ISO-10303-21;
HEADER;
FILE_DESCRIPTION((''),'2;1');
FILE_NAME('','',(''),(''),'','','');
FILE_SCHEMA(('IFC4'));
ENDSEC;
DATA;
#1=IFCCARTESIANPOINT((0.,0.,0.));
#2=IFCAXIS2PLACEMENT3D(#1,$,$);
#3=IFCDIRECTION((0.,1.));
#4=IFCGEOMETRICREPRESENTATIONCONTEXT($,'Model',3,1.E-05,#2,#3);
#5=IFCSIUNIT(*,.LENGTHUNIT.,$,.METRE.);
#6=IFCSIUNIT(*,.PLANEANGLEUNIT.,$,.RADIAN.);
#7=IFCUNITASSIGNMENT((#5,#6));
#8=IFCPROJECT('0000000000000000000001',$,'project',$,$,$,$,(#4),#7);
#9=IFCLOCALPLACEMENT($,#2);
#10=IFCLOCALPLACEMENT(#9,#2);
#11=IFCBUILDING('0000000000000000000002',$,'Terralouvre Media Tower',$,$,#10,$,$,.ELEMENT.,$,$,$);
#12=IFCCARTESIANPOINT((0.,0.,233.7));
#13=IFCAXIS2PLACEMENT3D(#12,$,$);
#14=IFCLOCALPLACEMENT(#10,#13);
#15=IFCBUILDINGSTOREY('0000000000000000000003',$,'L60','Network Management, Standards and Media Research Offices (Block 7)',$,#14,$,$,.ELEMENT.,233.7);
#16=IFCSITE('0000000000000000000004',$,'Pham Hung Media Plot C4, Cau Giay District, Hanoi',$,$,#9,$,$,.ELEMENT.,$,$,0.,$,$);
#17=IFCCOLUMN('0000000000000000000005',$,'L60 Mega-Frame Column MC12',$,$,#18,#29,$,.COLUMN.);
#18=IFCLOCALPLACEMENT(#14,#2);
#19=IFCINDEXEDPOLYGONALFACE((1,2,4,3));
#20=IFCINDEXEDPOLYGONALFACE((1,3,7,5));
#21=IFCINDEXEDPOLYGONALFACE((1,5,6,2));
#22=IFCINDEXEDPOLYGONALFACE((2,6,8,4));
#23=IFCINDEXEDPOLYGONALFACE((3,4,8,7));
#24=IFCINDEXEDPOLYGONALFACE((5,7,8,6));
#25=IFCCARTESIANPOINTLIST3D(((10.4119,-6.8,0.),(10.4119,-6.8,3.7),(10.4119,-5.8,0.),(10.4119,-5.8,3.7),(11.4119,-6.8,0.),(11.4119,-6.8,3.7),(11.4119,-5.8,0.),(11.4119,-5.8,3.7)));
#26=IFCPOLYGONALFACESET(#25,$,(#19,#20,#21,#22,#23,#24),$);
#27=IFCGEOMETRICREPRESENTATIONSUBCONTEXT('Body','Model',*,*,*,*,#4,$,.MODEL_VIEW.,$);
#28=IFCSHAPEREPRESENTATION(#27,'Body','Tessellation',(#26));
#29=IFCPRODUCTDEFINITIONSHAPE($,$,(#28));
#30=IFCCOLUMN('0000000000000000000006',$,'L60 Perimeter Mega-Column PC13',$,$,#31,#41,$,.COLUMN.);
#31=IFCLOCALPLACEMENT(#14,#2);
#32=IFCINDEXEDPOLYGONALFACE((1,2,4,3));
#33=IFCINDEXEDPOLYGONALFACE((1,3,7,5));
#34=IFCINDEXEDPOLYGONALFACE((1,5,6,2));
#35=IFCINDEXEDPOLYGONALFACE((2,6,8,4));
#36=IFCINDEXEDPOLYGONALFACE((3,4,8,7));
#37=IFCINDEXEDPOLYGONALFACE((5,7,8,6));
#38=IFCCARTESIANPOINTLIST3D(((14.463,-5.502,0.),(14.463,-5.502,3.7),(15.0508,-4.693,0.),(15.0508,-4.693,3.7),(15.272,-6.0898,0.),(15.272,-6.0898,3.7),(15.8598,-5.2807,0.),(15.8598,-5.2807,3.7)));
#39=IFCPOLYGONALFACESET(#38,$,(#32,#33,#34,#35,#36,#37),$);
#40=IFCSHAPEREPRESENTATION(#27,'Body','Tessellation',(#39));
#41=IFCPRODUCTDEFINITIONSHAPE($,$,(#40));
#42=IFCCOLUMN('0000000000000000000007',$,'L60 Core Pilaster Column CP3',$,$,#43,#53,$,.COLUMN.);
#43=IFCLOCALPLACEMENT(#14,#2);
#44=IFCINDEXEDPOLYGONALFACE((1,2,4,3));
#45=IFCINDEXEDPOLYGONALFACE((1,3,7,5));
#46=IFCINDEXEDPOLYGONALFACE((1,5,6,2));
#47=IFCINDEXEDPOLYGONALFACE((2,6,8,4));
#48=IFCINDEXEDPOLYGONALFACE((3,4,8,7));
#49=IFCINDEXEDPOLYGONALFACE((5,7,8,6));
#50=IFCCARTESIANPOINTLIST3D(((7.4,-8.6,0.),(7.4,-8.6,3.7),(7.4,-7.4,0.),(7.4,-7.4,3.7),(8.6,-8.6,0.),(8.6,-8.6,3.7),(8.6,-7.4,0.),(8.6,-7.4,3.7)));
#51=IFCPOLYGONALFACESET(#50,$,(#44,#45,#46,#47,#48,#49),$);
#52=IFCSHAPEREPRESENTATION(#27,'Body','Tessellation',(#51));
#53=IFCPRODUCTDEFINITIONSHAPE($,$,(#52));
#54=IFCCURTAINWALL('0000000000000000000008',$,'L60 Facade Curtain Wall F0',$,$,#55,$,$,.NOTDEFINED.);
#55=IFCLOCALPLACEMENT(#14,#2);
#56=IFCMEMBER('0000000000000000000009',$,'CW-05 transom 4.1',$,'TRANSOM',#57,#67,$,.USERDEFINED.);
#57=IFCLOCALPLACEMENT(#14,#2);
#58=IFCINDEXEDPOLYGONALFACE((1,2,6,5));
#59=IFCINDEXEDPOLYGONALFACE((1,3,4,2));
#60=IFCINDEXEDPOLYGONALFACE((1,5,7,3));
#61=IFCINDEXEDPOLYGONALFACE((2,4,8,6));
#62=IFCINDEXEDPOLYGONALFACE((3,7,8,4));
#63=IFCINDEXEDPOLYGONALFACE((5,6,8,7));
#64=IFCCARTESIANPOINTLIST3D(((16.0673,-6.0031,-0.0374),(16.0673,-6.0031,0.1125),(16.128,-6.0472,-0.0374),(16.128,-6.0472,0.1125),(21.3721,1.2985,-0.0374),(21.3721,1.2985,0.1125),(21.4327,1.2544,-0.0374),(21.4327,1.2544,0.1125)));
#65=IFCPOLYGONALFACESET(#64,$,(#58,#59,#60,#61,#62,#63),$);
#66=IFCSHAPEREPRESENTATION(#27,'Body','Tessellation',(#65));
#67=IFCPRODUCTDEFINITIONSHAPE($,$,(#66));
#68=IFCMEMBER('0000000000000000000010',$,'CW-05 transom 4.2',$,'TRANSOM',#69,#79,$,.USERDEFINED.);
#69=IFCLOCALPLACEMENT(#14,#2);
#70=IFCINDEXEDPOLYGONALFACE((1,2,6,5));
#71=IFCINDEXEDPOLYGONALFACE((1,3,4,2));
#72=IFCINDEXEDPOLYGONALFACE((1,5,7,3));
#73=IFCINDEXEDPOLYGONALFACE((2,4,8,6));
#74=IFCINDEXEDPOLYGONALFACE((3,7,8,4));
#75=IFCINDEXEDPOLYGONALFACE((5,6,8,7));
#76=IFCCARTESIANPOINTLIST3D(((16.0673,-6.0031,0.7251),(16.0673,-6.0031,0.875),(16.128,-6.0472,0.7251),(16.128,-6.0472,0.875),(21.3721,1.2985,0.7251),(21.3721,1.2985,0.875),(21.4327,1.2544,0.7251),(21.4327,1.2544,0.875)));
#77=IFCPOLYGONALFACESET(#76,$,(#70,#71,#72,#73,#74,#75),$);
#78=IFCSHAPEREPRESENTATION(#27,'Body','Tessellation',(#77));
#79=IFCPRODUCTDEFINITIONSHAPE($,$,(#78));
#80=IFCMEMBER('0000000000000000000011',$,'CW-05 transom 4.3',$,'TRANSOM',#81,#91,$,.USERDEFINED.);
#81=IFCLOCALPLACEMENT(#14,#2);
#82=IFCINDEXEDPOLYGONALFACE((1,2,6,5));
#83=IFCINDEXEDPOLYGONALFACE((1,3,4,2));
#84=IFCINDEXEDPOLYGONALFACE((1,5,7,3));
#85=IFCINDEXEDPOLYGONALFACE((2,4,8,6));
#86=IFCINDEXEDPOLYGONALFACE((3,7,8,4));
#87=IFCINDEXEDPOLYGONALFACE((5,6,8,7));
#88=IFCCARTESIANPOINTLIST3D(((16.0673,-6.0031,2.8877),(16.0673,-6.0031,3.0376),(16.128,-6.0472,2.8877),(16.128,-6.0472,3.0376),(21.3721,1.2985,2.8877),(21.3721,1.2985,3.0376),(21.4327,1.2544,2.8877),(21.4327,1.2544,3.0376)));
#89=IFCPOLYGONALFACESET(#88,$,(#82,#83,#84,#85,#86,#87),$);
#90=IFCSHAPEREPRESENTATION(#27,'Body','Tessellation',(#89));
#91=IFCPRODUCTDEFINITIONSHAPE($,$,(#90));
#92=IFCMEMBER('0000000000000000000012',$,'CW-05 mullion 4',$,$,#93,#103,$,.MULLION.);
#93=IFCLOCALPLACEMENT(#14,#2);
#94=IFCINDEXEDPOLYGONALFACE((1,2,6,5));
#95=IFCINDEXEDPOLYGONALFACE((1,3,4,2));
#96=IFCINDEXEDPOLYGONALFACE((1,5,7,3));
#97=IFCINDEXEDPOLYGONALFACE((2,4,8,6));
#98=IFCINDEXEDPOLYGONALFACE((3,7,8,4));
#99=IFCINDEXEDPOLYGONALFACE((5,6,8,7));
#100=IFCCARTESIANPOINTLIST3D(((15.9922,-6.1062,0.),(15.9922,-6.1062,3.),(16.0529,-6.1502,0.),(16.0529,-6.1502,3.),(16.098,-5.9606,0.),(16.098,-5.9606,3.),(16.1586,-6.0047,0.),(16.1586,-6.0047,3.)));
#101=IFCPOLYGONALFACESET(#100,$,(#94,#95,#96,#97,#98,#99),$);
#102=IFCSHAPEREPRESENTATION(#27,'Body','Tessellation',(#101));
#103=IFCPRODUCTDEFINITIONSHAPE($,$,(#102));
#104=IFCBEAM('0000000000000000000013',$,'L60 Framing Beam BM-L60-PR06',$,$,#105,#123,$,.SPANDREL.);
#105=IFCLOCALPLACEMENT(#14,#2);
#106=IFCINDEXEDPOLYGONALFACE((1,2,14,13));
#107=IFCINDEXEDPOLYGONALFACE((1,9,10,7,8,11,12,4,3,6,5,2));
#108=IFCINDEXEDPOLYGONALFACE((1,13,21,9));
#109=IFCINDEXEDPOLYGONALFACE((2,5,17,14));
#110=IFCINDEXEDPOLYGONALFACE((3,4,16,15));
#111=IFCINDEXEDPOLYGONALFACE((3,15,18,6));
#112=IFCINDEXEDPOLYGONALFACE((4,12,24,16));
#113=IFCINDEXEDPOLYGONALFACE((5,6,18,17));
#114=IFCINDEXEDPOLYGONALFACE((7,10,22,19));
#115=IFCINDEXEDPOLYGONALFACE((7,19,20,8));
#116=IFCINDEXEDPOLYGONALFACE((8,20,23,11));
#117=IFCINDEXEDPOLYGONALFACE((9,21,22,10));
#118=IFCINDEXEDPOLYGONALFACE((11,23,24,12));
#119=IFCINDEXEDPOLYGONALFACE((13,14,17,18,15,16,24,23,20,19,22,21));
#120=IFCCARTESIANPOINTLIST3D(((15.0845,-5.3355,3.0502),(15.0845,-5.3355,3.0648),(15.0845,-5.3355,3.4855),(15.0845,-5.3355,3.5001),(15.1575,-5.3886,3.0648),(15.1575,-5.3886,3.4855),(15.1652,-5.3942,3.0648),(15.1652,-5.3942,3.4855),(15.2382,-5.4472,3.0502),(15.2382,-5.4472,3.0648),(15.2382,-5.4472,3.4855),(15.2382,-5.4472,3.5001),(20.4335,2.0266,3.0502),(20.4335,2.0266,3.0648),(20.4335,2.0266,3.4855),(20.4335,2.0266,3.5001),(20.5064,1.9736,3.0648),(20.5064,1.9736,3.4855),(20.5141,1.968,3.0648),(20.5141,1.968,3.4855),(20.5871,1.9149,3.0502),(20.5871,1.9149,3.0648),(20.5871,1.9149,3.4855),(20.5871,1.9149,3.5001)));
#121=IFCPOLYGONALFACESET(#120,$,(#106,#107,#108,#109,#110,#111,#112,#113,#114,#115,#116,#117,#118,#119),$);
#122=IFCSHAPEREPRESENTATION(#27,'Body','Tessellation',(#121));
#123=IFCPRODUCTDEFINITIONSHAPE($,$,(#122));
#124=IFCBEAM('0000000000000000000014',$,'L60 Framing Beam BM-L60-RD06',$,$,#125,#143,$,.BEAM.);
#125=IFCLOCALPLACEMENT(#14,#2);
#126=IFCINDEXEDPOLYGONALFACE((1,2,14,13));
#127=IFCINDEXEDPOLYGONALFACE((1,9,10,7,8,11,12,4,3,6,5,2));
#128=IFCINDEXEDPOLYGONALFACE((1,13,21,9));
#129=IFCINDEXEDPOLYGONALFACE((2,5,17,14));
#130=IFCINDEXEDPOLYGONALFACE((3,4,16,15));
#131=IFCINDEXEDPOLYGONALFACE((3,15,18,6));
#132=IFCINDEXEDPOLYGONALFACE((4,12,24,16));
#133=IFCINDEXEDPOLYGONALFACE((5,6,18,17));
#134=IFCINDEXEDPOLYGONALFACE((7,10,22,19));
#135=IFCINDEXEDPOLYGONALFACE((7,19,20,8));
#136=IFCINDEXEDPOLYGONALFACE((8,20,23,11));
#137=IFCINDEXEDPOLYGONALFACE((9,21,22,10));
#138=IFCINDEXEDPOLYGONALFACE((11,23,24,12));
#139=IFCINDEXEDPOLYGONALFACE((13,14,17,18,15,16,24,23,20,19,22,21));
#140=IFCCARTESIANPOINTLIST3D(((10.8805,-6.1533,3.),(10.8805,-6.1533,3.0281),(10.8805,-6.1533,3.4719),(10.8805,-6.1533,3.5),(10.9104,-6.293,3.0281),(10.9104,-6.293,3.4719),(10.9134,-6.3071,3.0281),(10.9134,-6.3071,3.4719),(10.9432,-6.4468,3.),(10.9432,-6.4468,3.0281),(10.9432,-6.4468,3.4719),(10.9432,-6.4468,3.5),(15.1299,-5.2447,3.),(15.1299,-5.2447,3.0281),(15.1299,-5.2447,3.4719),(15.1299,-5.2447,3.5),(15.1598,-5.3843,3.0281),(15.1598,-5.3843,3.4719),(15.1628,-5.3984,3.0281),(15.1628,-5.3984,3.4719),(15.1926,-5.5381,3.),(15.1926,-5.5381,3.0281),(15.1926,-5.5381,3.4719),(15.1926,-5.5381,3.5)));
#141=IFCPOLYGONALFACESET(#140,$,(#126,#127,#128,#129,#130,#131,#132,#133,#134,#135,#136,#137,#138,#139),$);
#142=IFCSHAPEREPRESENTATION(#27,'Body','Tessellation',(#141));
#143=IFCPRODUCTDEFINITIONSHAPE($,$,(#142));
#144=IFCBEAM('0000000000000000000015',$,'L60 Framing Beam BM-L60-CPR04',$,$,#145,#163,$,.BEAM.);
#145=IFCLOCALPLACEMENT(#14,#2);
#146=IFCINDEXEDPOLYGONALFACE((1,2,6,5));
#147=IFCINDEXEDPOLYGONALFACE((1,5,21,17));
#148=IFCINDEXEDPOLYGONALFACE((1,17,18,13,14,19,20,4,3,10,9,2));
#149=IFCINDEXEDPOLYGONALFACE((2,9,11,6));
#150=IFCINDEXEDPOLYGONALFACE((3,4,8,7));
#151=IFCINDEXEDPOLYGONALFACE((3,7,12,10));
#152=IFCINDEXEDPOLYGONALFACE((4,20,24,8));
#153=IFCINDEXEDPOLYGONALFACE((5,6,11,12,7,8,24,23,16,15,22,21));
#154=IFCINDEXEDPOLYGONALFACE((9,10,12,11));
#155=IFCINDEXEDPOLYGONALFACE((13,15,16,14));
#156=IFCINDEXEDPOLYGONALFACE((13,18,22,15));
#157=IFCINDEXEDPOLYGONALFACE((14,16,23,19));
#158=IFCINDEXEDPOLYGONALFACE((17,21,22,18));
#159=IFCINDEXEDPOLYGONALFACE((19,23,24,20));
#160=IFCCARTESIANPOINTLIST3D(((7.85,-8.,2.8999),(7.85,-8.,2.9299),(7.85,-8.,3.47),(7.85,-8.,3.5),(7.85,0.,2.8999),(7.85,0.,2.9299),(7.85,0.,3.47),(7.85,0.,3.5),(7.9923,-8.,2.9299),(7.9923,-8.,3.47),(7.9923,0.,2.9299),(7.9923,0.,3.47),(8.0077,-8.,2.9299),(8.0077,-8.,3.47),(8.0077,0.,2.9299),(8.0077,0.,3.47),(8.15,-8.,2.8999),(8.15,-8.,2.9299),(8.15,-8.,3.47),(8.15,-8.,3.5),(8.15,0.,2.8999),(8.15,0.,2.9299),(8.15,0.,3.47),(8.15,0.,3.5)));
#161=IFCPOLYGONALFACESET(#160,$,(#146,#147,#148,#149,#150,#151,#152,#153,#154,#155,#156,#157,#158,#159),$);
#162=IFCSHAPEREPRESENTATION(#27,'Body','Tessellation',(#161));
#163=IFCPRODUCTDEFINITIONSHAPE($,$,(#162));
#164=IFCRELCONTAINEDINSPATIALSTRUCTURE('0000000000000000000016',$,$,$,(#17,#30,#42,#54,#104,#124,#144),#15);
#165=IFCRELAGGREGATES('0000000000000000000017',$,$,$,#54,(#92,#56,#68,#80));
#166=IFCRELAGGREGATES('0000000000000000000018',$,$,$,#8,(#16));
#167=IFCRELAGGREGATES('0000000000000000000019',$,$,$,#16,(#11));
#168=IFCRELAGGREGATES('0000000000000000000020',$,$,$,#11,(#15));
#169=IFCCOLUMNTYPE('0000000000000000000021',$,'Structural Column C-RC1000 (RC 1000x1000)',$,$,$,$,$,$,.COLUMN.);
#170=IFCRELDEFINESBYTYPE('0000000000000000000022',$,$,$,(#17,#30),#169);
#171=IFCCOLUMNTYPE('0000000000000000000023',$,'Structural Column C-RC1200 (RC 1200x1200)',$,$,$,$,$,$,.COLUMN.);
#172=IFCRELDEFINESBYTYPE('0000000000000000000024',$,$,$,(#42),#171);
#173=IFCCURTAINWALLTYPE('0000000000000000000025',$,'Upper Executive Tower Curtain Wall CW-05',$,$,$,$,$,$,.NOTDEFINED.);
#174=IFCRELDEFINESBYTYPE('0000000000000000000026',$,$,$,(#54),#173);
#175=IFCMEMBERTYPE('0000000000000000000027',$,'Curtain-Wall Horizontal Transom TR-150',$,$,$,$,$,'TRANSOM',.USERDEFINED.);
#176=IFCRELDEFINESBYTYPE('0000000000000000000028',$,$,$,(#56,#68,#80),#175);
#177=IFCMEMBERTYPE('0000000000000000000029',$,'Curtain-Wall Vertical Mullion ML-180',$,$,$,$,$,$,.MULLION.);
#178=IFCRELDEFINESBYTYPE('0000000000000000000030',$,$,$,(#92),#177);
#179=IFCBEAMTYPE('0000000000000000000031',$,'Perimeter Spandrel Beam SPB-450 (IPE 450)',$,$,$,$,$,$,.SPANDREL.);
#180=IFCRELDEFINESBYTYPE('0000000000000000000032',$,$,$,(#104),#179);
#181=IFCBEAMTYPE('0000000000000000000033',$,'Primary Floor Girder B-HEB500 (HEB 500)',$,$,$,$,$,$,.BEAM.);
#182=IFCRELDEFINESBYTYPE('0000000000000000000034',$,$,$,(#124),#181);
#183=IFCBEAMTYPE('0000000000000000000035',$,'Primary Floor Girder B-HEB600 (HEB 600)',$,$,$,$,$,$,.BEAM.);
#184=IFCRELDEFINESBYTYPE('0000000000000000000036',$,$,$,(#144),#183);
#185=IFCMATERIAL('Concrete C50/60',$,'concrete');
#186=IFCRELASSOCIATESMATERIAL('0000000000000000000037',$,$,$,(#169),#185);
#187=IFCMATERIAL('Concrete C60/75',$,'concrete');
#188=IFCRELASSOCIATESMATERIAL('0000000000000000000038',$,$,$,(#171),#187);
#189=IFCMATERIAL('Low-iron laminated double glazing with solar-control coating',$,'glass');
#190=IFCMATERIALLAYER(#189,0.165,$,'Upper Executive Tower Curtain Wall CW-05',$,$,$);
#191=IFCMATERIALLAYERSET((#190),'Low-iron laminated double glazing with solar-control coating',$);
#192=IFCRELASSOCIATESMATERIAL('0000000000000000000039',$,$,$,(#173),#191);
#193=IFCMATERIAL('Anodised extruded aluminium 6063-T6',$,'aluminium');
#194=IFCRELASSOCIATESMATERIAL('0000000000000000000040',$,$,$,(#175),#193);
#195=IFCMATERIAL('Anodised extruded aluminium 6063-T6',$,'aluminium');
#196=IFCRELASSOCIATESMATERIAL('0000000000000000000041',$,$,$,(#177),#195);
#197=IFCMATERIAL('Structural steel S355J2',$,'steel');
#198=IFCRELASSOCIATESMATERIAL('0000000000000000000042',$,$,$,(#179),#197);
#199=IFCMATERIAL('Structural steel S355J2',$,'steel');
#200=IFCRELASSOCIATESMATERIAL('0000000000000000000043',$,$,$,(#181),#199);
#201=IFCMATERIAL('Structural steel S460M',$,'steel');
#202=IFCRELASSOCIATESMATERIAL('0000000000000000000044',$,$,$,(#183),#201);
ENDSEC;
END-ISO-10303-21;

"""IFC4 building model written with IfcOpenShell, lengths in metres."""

from ifc_helpers import new_model, si_unit, direction, frame, origin, origin_2d, place, context, subcontext, project, spatial, rectangle, i_section, extrude, material, layer, layer_set, material_profile, profile_set, type_object, element, aggregate, save


model = new_model("IFC4")

# Units and contexts
model_context = context("Model", 3, precision=1e-05, world=origin(), true_north=direction((0.0, 1.0)))
body_context = subcontext(model_context, "Body", "Model", "MODEL_VIEW")
ifc_project = project(units=[si_unit("LENGTHUNIT", "METRE"), si_unit("PLANEANGLEUNIT", "RADIAN")], contexts=[model_context])

# Site, building, storey
site_placement = place(None, origin())
site = spatial("IfcSite", under=ifc_project, at=site_placement, Name="Pham Hung Media Plot C4, Cau Giay District, Hanoi", CompositionType="ELEMENT", RefElevation=0.0)
building_placement = place(site_placement, origin())
building = spatial("IfcBuilding", under=site, at=building_placement, Name="Terralouvre Media Tower", CompositionType="ELEMENT")
storey_placement = place(building_placement, frame((0.0, 0.0, 233.7)))
storey = spatial("IfcBuildingStorey", under=building, at=storey_placement, Name="L60", Description="Network Management, Standards and Media Research Offices (Block 7)", CompositionType="ELEMENT", Elevation=233.7)

# Columns
ifc_material_1 = material(Name="Concrete C50/60", Category="concrete")
ifc_material_profile_1 = material_profile(ifc_material_1, rectangle(XDim=1.0, YDim=1.0, at=origin_2d()), Name="RC 1000x1000")
ifc_profile_set_1 = profile_set([ifc_material_profile_1], Name="Concrete C50/60")
column_type_1 = type_object("IfcColumnType", Name="Structural Column C-RC1000 (RC 1000x1000)", PredefinedType="COLUMN", material=ifc_profile_set_1)
for number, where, z_axis, x_axis, name in (
    (1, (10.9119, -6.3, 0.0), (0.0, 0.0, 1.0), (1.0, 0.0, 0.0), "L60 Mega-Frame Column MC12"),
    (2, (15.1614, -5.3914, 0.0), (0.0, 0.0, 1.0), (0.587785, 0.809017, 0.0), "L60 Perimeter Mega-Column PC13"),
):
    element("IfcColumn", number, at=place(storey_placement, frame(where, z_axis=z_axis, x_axis=x_axis)), inside=storey, type_object=column_type_1, Name=name, PredefinedType="COLUMN", context=body_context, shape_type="SweptSolid", body=[
        extrude(rectangle(XDim=1.0, YDim=1.0, at=origin_2d()), origin(), (0.0, 0.0, 1.0), 3.7),
    ])
ifc_material_2 = material(Name="Concrete C60/75", Category="concrete")
ifc_material_profile_2 = material_profile(ifc_material_2, rectangle(XDim=1.2, YDim=1.2, at=origin_2d()), Name="RC 1200x1200")
ifc_profile_set_2 = profile_set([ifc_material_profile_2], Name="Concrete C60/75")
column_type_2 = type_object("IfcColumnType", Name="Structural Column C-RC1200 (RC 1200x1200)", PredefinedType="COLUMN", material=ifc_profile_set_2)
column_placement = place(storey_placement, frame((8.0, -8.0, 0.0), z_axis=(0.0, 0.0, 1.0), x_axis=(1.0, 0.0, 0.0)))
element("IfcColumn", 3, at=column_placement, inside=storey, type_object=column_type_2, Name="L60 Core Pilaster Column CP3", PredefinedType="COLUMN", context=body_context, shape_type="SweptSolid", body=[
    extrude(rectangle(XDim=1.2, YDim=1.2, at=origin_2d()), origin(), (0.0, 0.0, 1.0), 3.7),
])

# Curtain wall, members
ifc_material_3 = material(Name="Low-iron laminated double glazing with solar-control coating", Category="glass")
ifc_layer_1 = layer(ifc_material_3, 0.165, Name="Upper Executive Tower Curtain Wall CW-05")
ifc_layer_set_1 = layer_set([ifc_layer_1], Name="Low-iron laminated double glazing with solar-control coating")
curtain_wall_type = type_object("IfcCurtainWallType", Name="Upper Executive Tower Curtain Wall CW-05", PredefinedType="NOTDEFINED", material=ifc_layer_set_1)
curtain_wall_placement = place(storey_placement, origin())
curtain_wall = element("IfcCurtainWall", 4, at=curtain_wall_placement, inside=storey, type_object=curtain_wall_type, Name="L60 Facade Curtain Wall F0", PredefinedType="NOTDEFINED")
ifc_material_4 = material(Name="Anodised extruded aluminium 6063-T6", Category="aluminium")
ifc_material_profile_3 = material_profile(ifc_material_4, rectangle(XDim=0.075, YDim=0.1499, at=origin_2d()), Name="ALU 75x150")
ifc_profile_set_3 = profile_set([ifc_material_profile_3], Name="Anodised extruded aluminium 6063-T6")
member_type_1 = type_object("IfcMemberType", Name="Curtain-Wall Horizontal Transom TR-150", ElementType="TRANSOM", PredefinedType="USERDEFINED", material=ifc_profile_set_3)
member_1_placement = place(storey_placement, frame((16.0977, -6.0251, 0.0376), z_axis=(0.587773, 0.809026, 0.0), x_axis=(-0.809026, 0.587773, 0.0)))
member_1 = element("IfcMember", 5, at=member_1_placement, type_object=member_type_1, Name="CW-05 transom 4.1", ObjectType="TRANSOM", PredefinedType="USERDEFINED", context=body_context, shape_type="SweptSolid", body=[
    extrude(rectangle(XDim=0.075, YDim=0.1499, at=origin_2d()), origin(), (0.0, 0.0, 1.0), 9.0251),
])
member_2_placement = place(storey_placement, frame((16.0977, -6.0251, 0.8), z_axis=(0.587773, 0.809026, 0.0), x_axis=(-0.809026, 0.587773, 0.0)))
member_2 = element("IfcMember", 6, at=member_2_placement, type_object=member_type_1, Name="CW-05 transom 4.2", ObjectType="TRANSOM", PredefinedType="USERDEFINED", context=body_context, shape_type="SweptSolid", body=[
    extrude(rectangle(XDim=0.075, YDim=0.1499, at=origin_2d()), origin(), (0.0, 0.0, 1.0), 9.0251),
])
member_3_placement = place(storey_placement, frame((16.0977, -6.0251, 2.9626), z_axis=(0.587773, 0.809026, 0.0), x_axis=(-0.809026, 0.587773, 0.0)))
member_3 = element("IfcMember", 7, at=member_3_placement, type_object=member_type_1, Name="CW-05 transom 4.3", ObjectType="TRANSOM", PredefinedType="USERDEFINED", context=body_context, shape_type="SweptSolid", body=[
    extrude(rectangle(XDim=0.075, YDim=0.1499, at=origin_2d()), origin(), (0.0, 0.0, 1.0), 9.0251),
])
ifc_material_5 = material(Name="Anodised extruded aluminium 6063-T6", Category="aluminium")
ifc_material_profile_4 = material_profile(ifc_material_5, rectangle(XDim=0.075, YDim=0.1799, at=origin_2d()), Name="ALU 75x180")
ifc_profile_set_4 = profile_set([ifc_material_profile_4], Name="Anodised extruded aluminium 6063-T6")
member_type_2 = type_object("IfcMemberType", Name="Curtain-Wall Vertical Mullion ML-180", PredefinedType="MULLION", material=ifc_profile_set_4)
member_4_placement = place(storey_placement, frame((16.0754, -6.0554, 0.0), z_axis=(0.0, 0.0, 1.0), x_axis=(-0.809017, 0.587785, 0.0)))
member_4 = element("IfcMember", 8, at=member_4_placement, type_object=member_type_2, Name="CW-05 mullion 4", PredefinedType="MULLION", context=body_context, shape_type="SweptSolid", body=[
    extrude(rectangle(XDim=0.075, YDim=0.1799, at=origin_2d()), origin(), (0.0, 0.0, 1.0), 3.0),
])

# Beams
ifc_material_6 = material(Name="Structural steel S355J2", Category="steel")
ifc_material_profile_5 = material_profile(ifc_material_6, i_section(OverallWidth=0.1899, OverallDepth=0.45, WebThickness=0.0095, FlangeThickness=0.0146, at=origin_2d()), Name="IPE 450")
ifc_profile_set_5 = profile_set([ifc_material_profile_5], Name="Structural steel S355J2")
beam_type_1 = type_object("IfcBeamType", Name="Perimeter Spandrel Beam SPB-450 (IPE 450)", PredefinedType="SPANDREL", material=ifc_profile_set_5)
beam_1_placement = place(storey_placement, frame((15.1614, -5.3914, 3.2751), z_axis=(0.587787, 0.809016, 0.0), x_axis=(-0.809016, 0.587787, 0.0)))
element("IfcBeam", 9, at=beam_1_placement, inside=storey, type_object=beam_type_1, Name="L60 Framing Beam BM-L60-PR06", PredefinedType="SPANDREL", context=body_context, shape_type="SweptSolid", body=[
    extrude(i_section(OverallWidth=0.1899, OverallDepth=0.45, WebThickness=0.0095, FlangeThickness=0.0146, at=origin_2d()), origin(), (0.0, 0.0, 1.0), 9.1001),
])
ifc_material_7 = material(Name="Structural steel S355J2", Category="steel")
ifc_material_profile_6 = material_profile(ifc_material_7, i_section(OverallWidth=0.3, OverallDepth=0.5, WebThickness=0.0144, FlangeThickness=0.0281, at=origin_2d()), Name="HEB 500")
ifc_profile_set_6 = profile_set([ifc_material_profile_6], Name="Structural steel S355J2")
beam_type_2 = type_object("IfcBeamType", Name="Primary Floor Girder B-HEB500 (HEB 500)", PredefinedType="BEAM", material=ifc_profile_set_6)
beam_2_placement = place(storey_placement, frame((10.9119, -6.3, 3.25), z_axis=(0.977893, 0.209107, 0.0), x_axis=(-0.209107, 0.977893, 0.0)))
element("IfcBeam", 10, at=beam_2_placement, inside=storey, type_object=beam_type_2, Name="L60 Framing Beam BM-L60-RD06", PredefinedType="BEAM", context=body_context, shape_type="SweptSolid", body=[
    extrude(i_section(OverallWidth=0.3, OverallDepth=0.5, WebThickness=0.0144, FlangeThickness=0.0281, at=origin_2d()), origin(), (0.0, 0.0, 1.0), 4.3455),
])
ifc_material_8 = material(Name="Structural steel S460M", Category="steel")
ifc_material_profile_7 = material_profile(ifc_material_8, i_section(OverallWidth=0.3, OverallDepth=0.6001, WebThickness=0.0154, FlangeThickness=0.03, at=origin_2d()), Name="HEB 600")
ifc_profile_set_7 = profile_set([ifc_material_profile_7], Name="Structural steel S460M")
beam_type_3 = type_object("IfcBeamType", Name="Primary Floor Girder B-HEB600 (HEB 600)", PredefinedType="BEAM", material=ifc_profile_set_7)
beam_3_placement = place(storey_placement, frame((8.0, -8.0, 3.2), z_axis=(0.0, 1.0, 0.0), x_axis=(-1.0, 0.0, 0.0)))
element("IfcBeam", 11, at=beam_3_placement, inside=storey, type_object=beam_type_3, Name="L60 Framing Beam BM-L60-CPR04", PredefinedType="BEAM", context=body_context, shape_type="SweptSolid", body=[
    extrude(i_section(OverallWidth=0.3, OverallDepth=0.6001, WebThickness=0.0154, FlangeThickness=0.03, at=origin_2d()), origin(), (0.0, 0.0, 1.0), 8.0),
])

aggregate(curtain_wall, [member_4, member_1, member_2, member_3])

save(model, "model.ifc")
